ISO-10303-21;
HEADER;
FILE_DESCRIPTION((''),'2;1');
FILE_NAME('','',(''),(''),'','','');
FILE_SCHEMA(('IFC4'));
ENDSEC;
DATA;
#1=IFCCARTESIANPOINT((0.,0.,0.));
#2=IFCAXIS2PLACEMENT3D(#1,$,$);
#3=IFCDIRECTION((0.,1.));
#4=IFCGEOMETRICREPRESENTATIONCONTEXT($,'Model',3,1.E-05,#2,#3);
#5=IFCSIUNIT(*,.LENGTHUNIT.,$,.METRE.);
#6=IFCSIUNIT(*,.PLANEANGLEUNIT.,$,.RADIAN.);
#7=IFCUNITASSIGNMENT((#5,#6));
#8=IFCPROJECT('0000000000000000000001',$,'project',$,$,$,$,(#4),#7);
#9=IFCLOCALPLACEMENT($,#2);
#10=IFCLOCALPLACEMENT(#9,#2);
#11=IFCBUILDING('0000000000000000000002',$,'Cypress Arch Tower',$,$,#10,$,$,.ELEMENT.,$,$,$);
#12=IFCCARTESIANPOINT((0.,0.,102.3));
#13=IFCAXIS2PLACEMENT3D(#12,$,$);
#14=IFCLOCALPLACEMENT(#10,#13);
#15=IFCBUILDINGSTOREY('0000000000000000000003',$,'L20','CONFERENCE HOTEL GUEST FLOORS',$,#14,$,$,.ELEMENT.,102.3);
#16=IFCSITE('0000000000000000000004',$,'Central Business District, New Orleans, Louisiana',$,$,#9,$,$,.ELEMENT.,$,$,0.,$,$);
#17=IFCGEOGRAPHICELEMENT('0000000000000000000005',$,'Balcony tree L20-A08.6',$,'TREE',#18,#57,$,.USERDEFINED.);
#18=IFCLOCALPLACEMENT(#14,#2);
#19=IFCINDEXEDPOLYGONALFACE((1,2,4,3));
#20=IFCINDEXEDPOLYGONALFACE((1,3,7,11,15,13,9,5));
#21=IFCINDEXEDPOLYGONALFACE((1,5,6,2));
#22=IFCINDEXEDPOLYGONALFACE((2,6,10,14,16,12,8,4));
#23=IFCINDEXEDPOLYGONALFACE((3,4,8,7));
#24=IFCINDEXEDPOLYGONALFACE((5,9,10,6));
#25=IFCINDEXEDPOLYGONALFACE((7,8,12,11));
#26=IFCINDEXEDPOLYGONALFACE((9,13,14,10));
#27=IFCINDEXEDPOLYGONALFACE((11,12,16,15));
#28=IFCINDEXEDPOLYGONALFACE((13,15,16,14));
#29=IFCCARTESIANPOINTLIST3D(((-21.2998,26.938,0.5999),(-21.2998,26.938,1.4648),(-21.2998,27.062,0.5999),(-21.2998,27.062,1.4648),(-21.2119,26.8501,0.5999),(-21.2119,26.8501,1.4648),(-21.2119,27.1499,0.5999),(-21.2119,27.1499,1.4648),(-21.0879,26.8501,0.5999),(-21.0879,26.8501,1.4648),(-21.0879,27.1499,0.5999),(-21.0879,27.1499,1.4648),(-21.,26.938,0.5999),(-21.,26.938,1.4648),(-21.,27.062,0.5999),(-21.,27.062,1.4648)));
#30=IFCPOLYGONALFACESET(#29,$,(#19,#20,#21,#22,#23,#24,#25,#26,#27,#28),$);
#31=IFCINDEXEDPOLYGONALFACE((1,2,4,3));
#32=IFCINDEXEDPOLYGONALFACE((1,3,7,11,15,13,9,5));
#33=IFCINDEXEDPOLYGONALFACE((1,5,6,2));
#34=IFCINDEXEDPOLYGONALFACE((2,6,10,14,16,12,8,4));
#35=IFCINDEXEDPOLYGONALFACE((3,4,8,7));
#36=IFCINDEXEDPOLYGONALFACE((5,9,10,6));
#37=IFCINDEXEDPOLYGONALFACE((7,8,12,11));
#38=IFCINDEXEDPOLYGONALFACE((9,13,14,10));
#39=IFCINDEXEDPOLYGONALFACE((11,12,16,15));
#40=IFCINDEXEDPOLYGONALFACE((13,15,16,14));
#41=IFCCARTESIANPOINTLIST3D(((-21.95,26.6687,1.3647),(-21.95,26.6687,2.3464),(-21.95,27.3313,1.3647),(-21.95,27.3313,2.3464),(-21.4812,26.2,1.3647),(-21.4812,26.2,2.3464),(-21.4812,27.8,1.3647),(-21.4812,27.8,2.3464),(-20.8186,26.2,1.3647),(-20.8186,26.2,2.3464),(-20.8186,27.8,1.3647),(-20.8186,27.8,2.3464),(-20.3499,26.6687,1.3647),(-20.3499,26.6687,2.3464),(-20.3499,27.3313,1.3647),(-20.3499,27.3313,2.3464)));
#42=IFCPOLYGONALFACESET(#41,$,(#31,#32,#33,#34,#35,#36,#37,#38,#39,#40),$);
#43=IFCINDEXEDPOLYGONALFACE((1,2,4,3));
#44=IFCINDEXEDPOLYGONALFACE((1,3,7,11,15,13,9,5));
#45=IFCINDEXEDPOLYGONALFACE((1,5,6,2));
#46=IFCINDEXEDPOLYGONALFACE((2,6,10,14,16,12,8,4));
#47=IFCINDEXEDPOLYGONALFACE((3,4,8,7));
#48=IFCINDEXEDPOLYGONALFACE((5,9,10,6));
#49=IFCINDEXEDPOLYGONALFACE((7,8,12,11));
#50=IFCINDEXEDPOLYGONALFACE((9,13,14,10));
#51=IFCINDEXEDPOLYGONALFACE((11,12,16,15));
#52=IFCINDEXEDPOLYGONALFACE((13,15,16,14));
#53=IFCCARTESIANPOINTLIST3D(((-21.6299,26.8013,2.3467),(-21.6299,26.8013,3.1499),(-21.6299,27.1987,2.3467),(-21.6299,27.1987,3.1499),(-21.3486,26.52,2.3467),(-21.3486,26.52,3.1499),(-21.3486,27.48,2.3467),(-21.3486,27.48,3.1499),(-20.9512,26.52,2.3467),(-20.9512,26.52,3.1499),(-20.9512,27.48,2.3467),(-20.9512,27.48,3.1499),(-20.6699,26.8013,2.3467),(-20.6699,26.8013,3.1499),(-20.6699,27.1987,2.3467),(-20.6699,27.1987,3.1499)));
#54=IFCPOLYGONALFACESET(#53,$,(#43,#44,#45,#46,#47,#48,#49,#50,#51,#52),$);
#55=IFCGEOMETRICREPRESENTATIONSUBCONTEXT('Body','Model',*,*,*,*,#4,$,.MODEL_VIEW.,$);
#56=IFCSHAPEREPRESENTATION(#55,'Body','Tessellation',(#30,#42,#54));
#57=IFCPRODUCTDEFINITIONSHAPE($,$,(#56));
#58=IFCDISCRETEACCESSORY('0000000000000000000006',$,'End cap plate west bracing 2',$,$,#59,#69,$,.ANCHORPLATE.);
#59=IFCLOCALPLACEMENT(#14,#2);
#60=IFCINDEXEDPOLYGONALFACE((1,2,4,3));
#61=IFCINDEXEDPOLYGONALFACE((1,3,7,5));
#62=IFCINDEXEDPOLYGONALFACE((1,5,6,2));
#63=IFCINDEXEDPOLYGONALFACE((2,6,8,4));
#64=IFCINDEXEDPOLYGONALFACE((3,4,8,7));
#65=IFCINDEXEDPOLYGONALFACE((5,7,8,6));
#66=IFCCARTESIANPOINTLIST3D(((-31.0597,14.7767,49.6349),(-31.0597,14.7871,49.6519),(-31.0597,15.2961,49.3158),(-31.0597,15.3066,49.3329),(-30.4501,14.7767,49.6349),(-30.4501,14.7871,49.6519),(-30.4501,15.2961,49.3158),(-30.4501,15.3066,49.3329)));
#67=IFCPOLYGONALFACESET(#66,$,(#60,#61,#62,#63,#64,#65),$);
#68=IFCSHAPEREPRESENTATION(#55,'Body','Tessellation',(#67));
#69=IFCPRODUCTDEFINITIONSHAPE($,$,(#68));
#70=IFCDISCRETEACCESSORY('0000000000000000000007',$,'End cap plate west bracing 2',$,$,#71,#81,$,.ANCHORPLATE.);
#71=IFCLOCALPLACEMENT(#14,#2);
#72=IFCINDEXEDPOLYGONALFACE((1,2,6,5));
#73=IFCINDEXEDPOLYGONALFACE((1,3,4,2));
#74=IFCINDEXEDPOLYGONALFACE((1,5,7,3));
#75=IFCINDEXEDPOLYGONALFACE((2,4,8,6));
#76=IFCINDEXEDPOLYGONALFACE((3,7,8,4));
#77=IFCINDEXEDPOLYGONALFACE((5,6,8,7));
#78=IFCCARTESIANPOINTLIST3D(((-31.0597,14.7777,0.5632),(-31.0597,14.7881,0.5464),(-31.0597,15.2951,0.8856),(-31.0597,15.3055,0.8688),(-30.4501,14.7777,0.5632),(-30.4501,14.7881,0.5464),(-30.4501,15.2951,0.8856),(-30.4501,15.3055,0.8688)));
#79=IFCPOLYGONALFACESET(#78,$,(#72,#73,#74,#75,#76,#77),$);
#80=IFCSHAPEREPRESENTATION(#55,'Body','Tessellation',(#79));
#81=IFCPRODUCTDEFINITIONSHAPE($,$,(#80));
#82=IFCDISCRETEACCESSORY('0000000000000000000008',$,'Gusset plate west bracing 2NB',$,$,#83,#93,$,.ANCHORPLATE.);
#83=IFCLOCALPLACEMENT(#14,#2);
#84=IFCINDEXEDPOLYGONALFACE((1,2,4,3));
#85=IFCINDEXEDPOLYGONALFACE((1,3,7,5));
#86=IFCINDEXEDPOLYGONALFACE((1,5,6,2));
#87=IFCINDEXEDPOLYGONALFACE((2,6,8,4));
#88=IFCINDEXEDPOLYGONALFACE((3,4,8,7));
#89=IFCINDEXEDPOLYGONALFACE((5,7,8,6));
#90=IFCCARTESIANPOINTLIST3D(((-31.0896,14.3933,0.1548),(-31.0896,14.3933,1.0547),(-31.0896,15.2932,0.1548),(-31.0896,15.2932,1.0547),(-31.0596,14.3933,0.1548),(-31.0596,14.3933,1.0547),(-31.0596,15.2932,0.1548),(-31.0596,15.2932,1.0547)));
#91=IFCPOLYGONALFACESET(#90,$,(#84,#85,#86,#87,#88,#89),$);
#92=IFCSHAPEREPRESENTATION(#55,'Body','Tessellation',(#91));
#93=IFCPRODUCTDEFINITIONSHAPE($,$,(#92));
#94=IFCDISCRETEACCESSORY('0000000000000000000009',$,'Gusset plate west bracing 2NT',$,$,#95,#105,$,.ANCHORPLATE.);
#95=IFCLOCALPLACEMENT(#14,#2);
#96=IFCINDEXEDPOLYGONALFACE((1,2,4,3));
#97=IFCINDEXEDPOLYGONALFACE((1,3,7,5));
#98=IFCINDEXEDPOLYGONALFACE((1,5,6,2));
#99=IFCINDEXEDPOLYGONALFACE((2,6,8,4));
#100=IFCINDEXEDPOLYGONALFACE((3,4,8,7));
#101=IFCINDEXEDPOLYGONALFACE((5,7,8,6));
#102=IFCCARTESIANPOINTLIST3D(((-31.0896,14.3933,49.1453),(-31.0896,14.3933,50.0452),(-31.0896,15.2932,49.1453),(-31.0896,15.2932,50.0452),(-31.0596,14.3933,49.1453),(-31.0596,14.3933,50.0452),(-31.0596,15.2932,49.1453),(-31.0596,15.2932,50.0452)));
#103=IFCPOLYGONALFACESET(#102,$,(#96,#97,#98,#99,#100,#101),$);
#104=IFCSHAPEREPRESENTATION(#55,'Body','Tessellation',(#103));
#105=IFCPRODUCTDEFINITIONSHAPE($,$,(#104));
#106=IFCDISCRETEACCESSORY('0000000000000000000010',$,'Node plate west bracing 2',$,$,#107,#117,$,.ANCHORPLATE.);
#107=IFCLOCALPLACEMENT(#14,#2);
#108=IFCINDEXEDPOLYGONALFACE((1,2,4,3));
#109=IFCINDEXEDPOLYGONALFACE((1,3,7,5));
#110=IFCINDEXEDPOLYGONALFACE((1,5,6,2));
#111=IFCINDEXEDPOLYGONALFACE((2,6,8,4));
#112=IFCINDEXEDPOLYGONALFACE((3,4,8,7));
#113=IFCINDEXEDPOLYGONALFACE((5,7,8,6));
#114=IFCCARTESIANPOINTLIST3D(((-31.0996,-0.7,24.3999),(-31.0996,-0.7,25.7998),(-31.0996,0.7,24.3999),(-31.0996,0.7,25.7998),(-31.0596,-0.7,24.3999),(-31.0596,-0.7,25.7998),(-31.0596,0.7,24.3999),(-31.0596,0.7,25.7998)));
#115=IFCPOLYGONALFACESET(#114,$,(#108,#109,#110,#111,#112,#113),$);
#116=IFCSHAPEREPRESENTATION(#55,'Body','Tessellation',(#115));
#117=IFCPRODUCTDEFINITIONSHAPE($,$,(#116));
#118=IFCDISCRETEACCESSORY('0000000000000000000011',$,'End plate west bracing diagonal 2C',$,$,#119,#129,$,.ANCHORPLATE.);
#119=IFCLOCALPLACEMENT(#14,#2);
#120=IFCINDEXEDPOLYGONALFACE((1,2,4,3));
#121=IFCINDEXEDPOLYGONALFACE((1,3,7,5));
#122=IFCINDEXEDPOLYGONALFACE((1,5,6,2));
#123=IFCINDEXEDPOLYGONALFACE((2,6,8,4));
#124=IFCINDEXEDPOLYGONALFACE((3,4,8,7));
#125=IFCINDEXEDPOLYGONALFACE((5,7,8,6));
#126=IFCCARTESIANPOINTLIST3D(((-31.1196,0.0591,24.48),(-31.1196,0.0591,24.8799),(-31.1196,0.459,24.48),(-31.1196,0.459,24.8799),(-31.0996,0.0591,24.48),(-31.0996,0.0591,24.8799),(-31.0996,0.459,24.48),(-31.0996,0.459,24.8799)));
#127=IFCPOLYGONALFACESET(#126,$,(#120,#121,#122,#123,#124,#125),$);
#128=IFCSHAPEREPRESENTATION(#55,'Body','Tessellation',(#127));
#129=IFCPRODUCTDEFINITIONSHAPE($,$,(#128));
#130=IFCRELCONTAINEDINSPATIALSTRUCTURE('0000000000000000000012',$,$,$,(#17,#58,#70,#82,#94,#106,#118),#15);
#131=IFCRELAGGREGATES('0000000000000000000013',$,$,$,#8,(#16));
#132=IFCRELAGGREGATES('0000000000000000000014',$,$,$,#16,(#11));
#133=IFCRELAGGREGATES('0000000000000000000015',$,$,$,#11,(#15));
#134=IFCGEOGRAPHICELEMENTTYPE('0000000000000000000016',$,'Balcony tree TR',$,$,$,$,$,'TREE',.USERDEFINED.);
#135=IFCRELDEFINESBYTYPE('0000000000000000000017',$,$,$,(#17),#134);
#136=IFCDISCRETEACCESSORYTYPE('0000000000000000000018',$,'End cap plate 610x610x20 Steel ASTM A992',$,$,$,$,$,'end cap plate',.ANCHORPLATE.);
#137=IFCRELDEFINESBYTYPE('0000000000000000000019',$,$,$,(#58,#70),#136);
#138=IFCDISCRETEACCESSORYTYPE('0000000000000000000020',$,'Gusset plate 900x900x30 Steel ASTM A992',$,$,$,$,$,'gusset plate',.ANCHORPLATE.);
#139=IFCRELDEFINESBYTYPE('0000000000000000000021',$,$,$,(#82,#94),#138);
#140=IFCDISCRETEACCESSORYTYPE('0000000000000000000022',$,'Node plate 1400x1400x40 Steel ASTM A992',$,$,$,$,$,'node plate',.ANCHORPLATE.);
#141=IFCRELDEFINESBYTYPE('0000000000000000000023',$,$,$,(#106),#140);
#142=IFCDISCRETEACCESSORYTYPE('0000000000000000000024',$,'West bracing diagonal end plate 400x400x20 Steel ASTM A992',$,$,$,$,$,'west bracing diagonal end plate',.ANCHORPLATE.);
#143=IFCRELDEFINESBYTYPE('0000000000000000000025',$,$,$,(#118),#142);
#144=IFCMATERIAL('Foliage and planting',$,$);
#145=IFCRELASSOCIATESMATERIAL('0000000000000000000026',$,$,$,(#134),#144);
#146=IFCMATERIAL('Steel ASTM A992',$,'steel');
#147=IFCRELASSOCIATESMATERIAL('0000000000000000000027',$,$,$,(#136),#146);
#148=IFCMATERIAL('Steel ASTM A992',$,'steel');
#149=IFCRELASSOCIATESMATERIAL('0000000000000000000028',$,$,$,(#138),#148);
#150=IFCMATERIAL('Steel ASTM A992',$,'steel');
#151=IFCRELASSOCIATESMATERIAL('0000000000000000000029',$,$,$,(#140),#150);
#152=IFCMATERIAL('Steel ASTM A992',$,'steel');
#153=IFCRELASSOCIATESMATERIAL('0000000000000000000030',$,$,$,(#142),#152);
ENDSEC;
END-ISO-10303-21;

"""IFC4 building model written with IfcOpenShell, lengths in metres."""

from ifc_helpers import new_model, si_unit, direction, frame, origin, origin_2d, place, context, subcontext, project, spatial, polyline, rectangle, outline, extrude, material, material_profile, profile_set, type_object, element, save


model = new_model("IFC4")

# Units and contexts
model_context = context("Model", 3, precision=1e-05, world=origin(), true_north=direction((0.0, 1.0)))
body_context = subcontext(model_context, "Body", "Model", "MODEL_VIEW")
ifc_project = project(units=[si_unit("LENGTHUNIT", "METRE"), si_unit("PLANEANGLEUNIT", "RADIAN")], contexts=[model_context])

# Site, building, storey
site_placement = place(None, origin())
site = spatial("IfcSite", under=ifc_project, at=site_placement, Name="Central Business District, New Orleans, Louisiana", CompositionType="ELEMENT", RefElevation=0.0)
building_placement = place(site_placement, origin())
building = spatial("IfcBuilding", under=site, at=building_placement, Name="Cypress Arch Tower", CompositionType="ELEMENT")
storey_placement = place(building_placement, frame((0.0, 0.0, 102.3)))
storey = spatial("IfcBuildingStorey", under=building, at=storey_placement, Name="L20", Description="CONFERENCE HOTEL GUEST FLOORS", CompositionType="ELEMENT", Elevation=102.3)

# Geographic element
ifc_material_1 = material(Name="Foliage and planting")
geographic_element_type = type_object("IfcGeographicElementType", Name="Balcony tree TR", ElementType="TREE", PredefinedType="USERDEFINED", material=ifc_material_1)
for number, where, z_axis, x_axis, name in (
    (1, (-21.1499, 27.0, 0.5999), (0.0, 0.0, 1.0), (1.0, 0.0, 0.0), "Balcony tree L20-A08.6"),
):
    element("IfcGeographicElement", number, at=place(storey_placement, frame(where, z_axis=z_axis, x_axis=x_axis)), inside=storey, type_object=geographic_element_type, Name=name, ObjectType="TREE", PredefinedType="USERDEFINED", context=body_context, shape_type="SweptSolid", body=[
        extrude(outline(polyline([(0.1499, 0.062), (0.062, 0.1499), (-0.062, 0.1499), (-0.1499, 0.062), (-0.1499, -0.062), (-0.062, -0.1499), (0.062, -0.1499), (0.1499, -0.062), (0.1499, 0.062)])), origin(), (0.0, 0.0, 1.0), 0.865),
        extrude(outline(polyline([(0.8, 0.3313), (0.3313, 0.8), (-0.3313, 0.8), (-0.8, 0.3313), (-0.8, -0.3313), (-0.3313, -0.8), (0.3313, -0.8), (0.8, -0.3313), (0.8, 0.3313)])), frame((0.0, 0.0, 0.7649)), (0.0, 0.0, 1.0), 0.9817),
        extrude(outline(polyline([(0.48, 0.1987), (0.1987, 0.48), (-0.1987, 0.48), (-0.48, 0.1987), (-0.48, -0.1987), (-0.1987, -0.48), (0.1987, -0.48), (0.48, -0.1987), (0.48, 0.1987)])), frame((0.0, 0.0, 1.7468)), (0.0, 0.0, 1.0), 0.8032),
    ])

# Discrete accessories
ifc_material_2 = material(Name="Steel ASTM A992", Category="steel")
ifc_material_profile_1 = material_profile(ifc_material_2, rectangle(XDim=0.6096, YDim=0.6096, at=origin_2d()), Name="PL 20 610x610")
ifc_profile_set_1 = profile_set([ifc_material_profile_1], Name="Steel ASTM A992")
discrete_accessory_type_1 = type_object("IfcDiscreteAccessoryType", Name="End cap plate 610x610x20 Steel ASTM A992", ElementType="end cap plate", PredefinedType="ANCHORPLATE", material=ifc_profile_set_1)
discrete_accessory_1_placement = place(storey_placement, frame((-30.7549, 15.0364, 49.4753), z_axis=(0.0, 0.523418, 0.852076), x_axis=(-1.0, 0.0, 0.0)))
element("IfcDiscreteAccessory", 2, at=discrete_accessory_1_placement, inside=storey, type_object=discrete_accessory_type_1, Name="End cap plate west bracing 2", PredefinedType="ANCHORPLATE", context=body_context, shape_type="SweptSolid", body=[
    extrude(rectangle(XDim=0.6096, YDim=0.6096, at=origin_2d()), origin(), (0.0, 0.0, 1.0), 0.02),
])
discrete_accessory_2_placement = place(storey_placement, frame((-30.7549, 15.0364, 0.7244), z_axis=(0.0, 0.528893, -0.848689), x_axis=(-1.0, 0.0, 0.0)))
element("IfcDiscreteAccessory", 3, at=discrete_accessory_2_placement, inside=storey, type_object=discrete_accessory_type_1, Name="End cap plate west bracing 2", PredefinedType="ANCHORPLATE", context=body_context, shape_type="SweptSolid", body=[
    extrude(rectangle(XDim=0.6096, YDim=0.6096, at=origin_2d()), origin(), (0.0, 0.0, 1.0), 0.0198),
])
ifc_material_3 = material(Name="Steel ASTM A992", Category="steel")
ifc_material_profile_2 = material_profile(ifc_material_3, rectangle(XDim=0.8999, YDim=0.8999, at=origin_2d()), Name="PL 30 900x900")
ifc_profile_set_2 = profile_set([ifc_material_profile_2], Name="Steel ASTM A992")
discrete_accessory_type_2 = type_object("IfcDiscreteAccessoryType", Name="Gusset plate 900x900x30 Steel ASTM A992", ElementType="gusset plate", PredefinedType="ANCHORPLATE", material=ifc_profile_set_2)
for number, where, z_axis, x_axis, name in (
    (4, (-31.0596, 14.8433, 0.6047), (-1.0, 0.0, 0.0), (0.0, -1.0, 0.0), "Gusset plate west bracing 2NB"),
    (5, (-31.0596, 14.8433, 49.5952), (-1.0, 0.0, 0.0), (0.0, -1.0, 0.0), "Gusset plate west bracing 2NT"),
):
    element("IfcDiscreteAccessory", number, at=place(storey_placement, frame(where, z_axis=z_axis, x_axis=x_axis)), inside=storey, type_object=discrete_accessory_type_2, Name=name, PredefinedType="ANCHORPLATE", context=body_context, shape_type="SweptSolid", body=[
        extrude(rectangle(XDim=0.8999, YDim=0.8999, at=origin_2d()), origin(), (0.0, 0.0, 1.0), 0.03),
    ])
ifc_material_4 = material(Name="Steel ASTM A992", Category="steel")
ifc_material_profile_3 = material_profile(ifc_material_4, rectangle(XDim=1.3999, YDim=1.3999, at=origin_2d()), Name="PL 40 1400x1400")
ifc_profile_set_3 = profile_set([ifc_material_profile_3], Name="Steel ASTM A992")
discrete_accessory_type_3 = type_object("IfcDiscreteAccessoryType", Name="Node plate 1400x1400x40 Steel ASTM A992", ElementType="node plate", PredefinedType="ANCHORPLATE", material=ifc_profile_set_3)
discrete_accessory_3_placement = place(storey_placement, frame((-31.0596, 0.0, 25.0999), z_axis=(-1.0, 0.0, 0.0), x_axis=(0.0, -1.0, 0.0)))
element("IfcDiscreteAccessory", 6, at=discrete_accessory_3_placement, inside=storey, type_object=discrete_accessory_type_3, Name="Node plate west bracing 2", PredefinedType="ANCHORPLATE", context=body_context, shape_type="SweptSolid", body=[
    extrude(rectangle(XDim=1.3999, YDim=1.3999, at=origin_2d()), origin(), (0.0, 0.0, 1.0), 0.04),
])
ifc_material_5 = material(Name="Steel ASTM A992", Category="steel")
ifc_material_profile_4 = material_profile(ifc_material_5, rectangle(XDim=0.3999, YDim=0.3999, at=origin_2d()), Name="PL 20 400x400")
ifc_profile_set_4 = profile_set([ifc_material_profile_4], Name="Steel ASTM A992")
discrete_accessory_type_4 = type_object("IfcDiscreteAccessoryType", Name="West bracing diagonal end plate 400x400x20 Steel ASTM A992", ElementType="west bracing diagonal end plate", PredefinedType="ANCHORPLATE", material=ifc_profile_set_4)
discrete_accessory_4_placement = place(storey_placement, frame((-31.0996, 0.259, 24.6799), z_axis=(-1.0, 0.0, 0.0), x_axis=(0.0, -1.0, 0.0)))
element("IfcDiscreteAccessory", 7, at=discrete_accessory_4_placement, inside=storey, type_object=discrete_accessory_type_4, Name="End plate west bracing diagonal 2C", PredefinedType="ANCHORPLATE", context=body_context, shape_type="SweptSolid", body=[
    extrude(rectangle(XDim=0.3999, YDim=0.3999, at=origin_2d()), origin(), (0.0, 0.0, 1.0), 0.02),
])

save(model, "model.ifc")
